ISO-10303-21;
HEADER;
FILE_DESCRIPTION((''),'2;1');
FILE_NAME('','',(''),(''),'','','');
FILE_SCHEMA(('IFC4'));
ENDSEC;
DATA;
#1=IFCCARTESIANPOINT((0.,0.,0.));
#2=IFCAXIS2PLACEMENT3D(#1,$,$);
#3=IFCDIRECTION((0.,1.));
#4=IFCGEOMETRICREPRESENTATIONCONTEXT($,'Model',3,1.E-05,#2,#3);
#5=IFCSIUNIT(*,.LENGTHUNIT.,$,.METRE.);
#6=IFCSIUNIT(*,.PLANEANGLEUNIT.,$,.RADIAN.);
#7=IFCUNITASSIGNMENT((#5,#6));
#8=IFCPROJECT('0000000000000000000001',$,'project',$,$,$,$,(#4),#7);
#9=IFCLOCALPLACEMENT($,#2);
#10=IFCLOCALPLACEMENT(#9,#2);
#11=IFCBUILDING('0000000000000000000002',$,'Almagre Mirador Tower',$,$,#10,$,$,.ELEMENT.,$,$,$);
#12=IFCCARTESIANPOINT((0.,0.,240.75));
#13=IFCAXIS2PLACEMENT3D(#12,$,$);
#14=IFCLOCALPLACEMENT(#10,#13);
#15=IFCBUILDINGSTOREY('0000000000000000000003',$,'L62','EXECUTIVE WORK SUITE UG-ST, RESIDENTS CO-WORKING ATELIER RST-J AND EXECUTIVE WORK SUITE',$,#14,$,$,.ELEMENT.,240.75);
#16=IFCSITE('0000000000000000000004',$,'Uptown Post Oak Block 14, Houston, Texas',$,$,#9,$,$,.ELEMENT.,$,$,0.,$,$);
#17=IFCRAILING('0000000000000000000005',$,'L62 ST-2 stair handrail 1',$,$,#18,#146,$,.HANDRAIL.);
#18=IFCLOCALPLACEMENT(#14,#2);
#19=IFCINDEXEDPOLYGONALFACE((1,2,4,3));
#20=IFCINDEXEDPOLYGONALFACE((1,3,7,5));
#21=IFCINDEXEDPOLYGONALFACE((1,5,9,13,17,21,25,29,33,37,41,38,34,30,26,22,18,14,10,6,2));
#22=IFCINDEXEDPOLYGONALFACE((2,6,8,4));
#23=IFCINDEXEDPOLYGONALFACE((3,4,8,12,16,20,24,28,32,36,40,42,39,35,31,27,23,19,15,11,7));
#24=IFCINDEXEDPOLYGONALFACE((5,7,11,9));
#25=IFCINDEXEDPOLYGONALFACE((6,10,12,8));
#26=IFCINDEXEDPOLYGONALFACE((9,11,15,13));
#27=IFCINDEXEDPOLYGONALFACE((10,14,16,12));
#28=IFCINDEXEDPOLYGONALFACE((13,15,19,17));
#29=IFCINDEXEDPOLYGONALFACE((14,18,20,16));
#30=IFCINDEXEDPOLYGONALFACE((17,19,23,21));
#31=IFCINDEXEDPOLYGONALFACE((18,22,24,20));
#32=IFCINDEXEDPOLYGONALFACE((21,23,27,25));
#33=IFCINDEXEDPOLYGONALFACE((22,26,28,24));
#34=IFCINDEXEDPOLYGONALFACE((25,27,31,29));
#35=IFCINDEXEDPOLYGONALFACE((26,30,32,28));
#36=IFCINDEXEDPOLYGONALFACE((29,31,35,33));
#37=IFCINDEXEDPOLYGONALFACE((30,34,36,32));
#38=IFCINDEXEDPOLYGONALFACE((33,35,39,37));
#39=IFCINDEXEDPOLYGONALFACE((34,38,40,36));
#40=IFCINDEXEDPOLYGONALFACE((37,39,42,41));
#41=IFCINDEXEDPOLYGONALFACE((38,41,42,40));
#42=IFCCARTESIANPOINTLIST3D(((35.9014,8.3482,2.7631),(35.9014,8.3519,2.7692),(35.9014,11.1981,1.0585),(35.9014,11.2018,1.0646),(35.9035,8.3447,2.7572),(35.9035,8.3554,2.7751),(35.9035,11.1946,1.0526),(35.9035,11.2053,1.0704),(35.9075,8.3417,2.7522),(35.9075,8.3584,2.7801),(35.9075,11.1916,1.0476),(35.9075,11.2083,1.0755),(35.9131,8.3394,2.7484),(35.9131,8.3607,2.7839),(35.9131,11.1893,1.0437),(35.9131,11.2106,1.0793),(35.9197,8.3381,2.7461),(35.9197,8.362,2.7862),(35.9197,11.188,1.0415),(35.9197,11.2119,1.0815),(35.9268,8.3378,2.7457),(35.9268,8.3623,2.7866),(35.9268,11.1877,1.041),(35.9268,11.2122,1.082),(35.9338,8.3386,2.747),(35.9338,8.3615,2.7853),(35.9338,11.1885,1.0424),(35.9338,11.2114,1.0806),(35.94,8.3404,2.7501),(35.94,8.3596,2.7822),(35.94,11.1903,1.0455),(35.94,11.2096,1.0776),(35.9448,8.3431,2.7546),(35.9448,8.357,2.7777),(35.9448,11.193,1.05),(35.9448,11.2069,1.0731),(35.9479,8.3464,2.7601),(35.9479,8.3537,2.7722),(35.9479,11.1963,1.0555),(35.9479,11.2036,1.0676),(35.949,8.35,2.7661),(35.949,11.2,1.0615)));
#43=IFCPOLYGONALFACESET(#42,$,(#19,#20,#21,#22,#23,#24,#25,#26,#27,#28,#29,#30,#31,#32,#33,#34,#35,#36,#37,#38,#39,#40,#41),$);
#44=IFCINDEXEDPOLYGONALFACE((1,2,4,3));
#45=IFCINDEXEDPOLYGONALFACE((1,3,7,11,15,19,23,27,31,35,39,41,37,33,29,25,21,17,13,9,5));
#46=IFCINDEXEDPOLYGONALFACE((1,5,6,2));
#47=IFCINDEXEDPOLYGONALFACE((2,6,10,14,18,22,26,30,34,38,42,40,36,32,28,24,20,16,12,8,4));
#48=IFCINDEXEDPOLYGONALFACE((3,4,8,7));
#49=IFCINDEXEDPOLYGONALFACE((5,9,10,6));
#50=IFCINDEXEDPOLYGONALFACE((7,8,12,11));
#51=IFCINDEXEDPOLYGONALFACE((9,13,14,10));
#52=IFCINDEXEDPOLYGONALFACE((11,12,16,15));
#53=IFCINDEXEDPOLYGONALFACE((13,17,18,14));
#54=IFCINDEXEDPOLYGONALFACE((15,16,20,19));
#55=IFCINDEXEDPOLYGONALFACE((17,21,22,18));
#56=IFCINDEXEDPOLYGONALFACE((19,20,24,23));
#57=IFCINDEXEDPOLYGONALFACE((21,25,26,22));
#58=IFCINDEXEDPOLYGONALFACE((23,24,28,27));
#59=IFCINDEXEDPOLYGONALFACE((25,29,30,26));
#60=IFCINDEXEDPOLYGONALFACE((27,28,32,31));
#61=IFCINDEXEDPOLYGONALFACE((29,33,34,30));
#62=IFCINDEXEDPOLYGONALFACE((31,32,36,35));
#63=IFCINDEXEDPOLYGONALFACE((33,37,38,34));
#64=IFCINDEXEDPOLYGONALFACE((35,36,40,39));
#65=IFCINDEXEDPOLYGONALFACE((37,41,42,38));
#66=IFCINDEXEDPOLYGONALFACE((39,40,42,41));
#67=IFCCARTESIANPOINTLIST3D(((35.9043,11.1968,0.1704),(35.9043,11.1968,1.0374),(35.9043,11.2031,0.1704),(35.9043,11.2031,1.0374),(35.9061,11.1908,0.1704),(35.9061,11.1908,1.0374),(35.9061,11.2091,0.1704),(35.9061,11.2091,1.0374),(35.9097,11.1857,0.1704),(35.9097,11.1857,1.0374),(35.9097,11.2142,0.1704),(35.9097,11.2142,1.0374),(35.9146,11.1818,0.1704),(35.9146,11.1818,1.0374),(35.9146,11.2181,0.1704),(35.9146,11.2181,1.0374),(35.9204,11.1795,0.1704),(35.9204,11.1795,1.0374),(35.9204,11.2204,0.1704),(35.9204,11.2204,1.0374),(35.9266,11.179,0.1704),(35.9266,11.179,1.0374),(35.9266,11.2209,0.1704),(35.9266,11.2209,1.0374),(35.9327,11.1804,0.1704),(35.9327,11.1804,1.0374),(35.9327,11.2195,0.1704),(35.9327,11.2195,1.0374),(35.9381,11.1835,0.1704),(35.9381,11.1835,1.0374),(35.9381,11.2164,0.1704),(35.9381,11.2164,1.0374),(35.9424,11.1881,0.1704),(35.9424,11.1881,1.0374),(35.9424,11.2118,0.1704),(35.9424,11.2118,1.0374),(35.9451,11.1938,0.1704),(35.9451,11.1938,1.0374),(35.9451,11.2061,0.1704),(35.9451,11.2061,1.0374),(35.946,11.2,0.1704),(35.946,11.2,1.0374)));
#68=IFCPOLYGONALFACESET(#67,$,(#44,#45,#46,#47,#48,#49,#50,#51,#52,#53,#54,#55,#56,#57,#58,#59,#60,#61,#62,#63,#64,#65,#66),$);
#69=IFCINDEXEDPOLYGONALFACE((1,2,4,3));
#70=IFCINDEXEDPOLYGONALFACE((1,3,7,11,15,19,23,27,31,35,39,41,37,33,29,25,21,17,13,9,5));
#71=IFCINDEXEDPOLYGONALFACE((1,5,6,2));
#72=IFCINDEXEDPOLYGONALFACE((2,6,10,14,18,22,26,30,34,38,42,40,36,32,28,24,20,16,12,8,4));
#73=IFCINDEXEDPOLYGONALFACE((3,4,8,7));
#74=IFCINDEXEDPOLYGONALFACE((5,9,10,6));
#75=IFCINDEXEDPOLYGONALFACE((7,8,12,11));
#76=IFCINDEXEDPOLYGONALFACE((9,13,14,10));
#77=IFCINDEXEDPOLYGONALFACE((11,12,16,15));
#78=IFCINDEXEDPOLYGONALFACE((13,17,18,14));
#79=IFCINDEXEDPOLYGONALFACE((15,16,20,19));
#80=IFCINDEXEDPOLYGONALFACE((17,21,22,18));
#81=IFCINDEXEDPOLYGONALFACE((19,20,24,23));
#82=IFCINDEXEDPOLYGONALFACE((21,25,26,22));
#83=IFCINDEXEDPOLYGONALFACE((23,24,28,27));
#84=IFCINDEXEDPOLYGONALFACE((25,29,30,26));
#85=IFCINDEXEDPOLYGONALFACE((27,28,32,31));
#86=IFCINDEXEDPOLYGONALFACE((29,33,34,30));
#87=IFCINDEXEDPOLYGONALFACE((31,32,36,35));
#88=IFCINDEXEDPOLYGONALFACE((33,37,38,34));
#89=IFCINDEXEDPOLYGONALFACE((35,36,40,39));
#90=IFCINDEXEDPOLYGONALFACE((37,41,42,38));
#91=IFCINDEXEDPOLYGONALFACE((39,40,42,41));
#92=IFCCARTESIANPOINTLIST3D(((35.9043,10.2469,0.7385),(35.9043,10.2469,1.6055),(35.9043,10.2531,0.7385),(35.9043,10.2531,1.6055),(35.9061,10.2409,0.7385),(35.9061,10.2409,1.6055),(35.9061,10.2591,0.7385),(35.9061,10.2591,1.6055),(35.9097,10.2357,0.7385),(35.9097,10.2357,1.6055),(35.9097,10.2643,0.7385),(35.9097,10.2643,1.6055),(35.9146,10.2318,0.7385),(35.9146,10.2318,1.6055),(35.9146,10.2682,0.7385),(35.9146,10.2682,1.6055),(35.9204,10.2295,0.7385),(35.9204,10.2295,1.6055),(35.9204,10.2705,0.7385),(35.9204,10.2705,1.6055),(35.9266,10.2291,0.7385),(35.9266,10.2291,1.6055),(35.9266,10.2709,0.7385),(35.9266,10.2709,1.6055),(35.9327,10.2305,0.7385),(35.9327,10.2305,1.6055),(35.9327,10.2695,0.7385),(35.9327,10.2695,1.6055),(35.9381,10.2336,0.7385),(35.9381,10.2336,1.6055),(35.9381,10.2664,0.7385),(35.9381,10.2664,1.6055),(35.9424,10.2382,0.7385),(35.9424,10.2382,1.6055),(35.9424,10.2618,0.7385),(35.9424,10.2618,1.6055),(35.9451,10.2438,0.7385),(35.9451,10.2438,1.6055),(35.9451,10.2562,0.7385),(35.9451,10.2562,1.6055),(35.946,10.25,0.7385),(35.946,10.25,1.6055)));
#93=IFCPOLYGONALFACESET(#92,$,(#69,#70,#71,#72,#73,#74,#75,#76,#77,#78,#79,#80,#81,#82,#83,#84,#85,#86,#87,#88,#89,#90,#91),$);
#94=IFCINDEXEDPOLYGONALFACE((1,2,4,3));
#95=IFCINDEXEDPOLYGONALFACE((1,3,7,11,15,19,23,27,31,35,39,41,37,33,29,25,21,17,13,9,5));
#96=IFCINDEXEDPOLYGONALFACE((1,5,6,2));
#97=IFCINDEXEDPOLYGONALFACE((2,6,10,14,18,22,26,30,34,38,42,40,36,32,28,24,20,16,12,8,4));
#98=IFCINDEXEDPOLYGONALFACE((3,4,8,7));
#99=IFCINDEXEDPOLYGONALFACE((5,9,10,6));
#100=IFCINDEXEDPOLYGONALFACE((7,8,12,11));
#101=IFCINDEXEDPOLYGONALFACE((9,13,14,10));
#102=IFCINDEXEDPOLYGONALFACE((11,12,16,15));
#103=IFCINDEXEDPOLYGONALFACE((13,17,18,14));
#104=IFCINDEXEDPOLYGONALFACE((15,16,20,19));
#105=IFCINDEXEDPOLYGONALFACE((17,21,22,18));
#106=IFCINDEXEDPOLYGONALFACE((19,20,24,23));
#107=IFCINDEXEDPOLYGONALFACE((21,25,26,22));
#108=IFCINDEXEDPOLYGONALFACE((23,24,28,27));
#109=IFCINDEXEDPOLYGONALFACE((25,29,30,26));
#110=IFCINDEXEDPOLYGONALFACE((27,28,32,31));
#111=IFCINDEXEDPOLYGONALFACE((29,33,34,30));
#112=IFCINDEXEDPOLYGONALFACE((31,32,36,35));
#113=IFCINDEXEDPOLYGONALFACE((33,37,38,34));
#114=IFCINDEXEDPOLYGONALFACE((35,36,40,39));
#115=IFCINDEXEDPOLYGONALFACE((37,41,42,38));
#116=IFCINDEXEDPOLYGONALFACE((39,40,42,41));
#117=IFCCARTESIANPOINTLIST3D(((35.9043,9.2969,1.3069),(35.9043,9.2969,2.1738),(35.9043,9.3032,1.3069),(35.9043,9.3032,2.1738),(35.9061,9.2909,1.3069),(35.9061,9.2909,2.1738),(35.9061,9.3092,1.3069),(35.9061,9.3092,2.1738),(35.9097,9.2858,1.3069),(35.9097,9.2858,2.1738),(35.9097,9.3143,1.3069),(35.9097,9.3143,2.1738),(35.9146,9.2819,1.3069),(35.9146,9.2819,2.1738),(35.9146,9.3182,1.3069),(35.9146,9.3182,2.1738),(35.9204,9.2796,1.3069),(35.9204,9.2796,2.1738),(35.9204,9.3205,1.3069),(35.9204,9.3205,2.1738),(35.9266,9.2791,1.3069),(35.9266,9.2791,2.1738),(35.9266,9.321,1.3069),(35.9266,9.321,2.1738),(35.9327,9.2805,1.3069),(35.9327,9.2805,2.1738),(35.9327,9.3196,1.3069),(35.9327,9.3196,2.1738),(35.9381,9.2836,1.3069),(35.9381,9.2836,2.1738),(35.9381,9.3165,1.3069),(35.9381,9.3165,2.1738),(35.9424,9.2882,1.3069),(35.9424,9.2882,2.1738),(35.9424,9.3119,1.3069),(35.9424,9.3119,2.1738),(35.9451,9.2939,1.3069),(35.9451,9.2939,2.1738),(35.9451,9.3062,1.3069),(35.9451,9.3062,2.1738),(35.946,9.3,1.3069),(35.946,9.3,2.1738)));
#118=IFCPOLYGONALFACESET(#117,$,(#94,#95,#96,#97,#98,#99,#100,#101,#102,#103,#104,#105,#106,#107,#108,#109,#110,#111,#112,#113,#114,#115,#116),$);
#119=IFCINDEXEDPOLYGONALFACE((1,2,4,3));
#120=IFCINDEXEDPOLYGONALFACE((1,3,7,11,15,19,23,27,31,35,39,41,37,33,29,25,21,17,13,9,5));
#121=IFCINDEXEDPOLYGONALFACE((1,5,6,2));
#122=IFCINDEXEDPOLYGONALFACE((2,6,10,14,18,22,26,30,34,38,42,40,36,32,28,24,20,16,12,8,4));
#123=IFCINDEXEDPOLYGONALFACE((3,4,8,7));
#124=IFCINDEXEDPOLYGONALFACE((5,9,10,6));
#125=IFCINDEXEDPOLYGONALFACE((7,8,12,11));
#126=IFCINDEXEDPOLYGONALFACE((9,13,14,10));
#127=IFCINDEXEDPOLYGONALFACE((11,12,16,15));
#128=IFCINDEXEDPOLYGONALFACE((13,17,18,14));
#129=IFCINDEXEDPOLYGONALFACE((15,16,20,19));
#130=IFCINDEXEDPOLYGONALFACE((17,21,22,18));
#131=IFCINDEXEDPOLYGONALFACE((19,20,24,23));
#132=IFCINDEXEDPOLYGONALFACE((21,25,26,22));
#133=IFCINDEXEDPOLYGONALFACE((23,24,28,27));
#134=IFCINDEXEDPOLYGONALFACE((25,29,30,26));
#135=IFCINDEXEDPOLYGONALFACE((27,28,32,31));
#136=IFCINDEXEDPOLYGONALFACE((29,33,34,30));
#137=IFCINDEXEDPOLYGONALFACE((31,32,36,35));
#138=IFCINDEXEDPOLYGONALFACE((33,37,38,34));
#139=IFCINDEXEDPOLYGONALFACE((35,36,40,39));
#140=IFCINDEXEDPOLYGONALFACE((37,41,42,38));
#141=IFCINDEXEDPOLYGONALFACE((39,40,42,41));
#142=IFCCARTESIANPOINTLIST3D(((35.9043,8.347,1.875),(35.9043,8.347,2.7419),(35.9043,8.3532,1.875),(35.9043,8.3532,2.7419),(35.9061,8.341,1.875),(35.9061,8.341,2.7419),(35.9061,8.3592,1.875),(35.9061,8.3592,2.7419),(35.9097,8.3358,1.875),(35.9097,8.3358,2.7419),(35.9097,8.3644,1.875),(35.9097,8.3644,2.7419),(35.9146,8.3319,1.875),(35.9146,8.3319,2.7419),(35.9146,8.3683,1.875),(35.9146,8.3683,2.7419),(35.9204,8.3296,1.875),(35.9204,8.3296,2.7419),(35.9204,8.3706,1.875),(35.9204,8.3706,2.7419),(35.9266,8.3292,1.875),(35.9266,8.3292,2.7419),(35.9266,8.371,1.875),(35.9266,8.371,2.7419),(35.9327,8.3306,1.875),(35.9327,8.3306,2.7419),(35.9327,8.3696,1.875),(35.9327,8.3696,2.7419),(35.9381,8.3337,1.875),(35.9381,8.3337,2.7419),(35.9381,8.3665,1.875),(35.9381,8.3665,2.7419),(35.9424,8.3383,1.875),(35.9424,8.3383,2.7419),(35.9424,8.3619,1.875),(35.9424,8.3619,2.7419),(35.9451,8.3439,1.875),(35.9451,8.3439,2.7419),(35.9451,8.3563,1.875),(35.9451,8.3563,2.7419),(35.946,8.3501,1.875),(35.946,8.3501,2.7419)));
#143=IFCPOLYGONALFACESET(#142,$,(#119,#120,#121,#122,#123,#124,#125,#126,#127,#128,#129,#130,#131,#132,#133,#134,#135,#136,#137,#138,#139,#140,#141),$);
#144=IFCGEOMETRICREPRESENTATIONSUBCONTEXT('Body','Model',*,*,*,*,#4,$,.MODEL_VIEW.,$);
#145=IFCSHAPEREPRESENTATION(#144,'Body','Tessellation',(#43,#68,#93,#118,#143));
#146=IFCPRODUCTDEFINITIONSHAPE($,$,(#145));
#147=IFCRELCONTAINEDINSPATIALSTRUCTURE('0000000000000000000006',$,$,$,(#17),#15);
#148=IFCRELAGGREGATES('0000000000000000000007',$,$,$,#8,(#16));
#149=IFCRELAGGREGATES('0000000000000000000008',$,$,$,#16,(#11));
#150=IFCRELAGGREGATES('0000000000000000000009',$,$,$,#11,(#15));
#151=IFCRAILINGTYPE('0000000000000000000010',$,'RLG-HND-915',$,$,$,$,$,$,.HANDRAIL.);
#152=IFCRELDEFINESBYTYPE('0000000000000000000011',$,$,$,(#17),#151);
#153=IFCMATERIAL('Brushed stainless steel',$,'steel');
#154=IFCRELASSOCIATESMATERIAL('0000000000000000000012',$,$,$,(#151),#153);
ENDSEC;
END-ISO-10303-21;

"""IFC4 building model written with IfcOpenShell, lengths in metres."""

from ifc_helpers import new_model, si_unit, direction, frame, origin, origin_2d, place, context, subcontext, project, spatial, circle, extrude, material, type_object, element, save


model = new_model("IFC4")

# Units and contexts
model_context = context("Model", 3, precision=1e-05, world=origin(), true_north=direction((0.0, 1.0)))
body_context = subcontext(model_context, "Body", "Model", "MODEL_VIEW")
ifc_project = project(units=[si_unit("LENGTHUNIT", "METRE"), si_unit("PLANEANGLEUNIT", "RADIAN")], contexts=[model_context])

# Site, building, storey
site_placement = place(None, origin())
site = spatial("IfcSite", under=ifc_project, at=site_placement, Name="Uptown Post Oak Block 14, Houston, Texas", CompositionType="ELEMENT", RefElevation=0.0)
building_placement = place(site_placement, origin())
building = spatial("IfcBuilding", under=site, at=building_placement, Name="Almagre Mirador Tower", CompositionType="ELEMENT")
storey_placement = place(building_placement, frame((0.0, 0.0, 240.75)))
storey = spatial("IfcBuildingStorey", under=building, at=storey_placement, Name="L62", Description="EXECUTIVE WORK SUITE UG-ST, RESIDENTS CO-WORKING ATELIER RST-J AND EXECUTIVE WORK SUITE", CompositionType="ELEMENT", Elevation=240.75)

# Railing
ifc_material_1 = material(Name="Brushed stainless steel", Category="steel")
railing_type_1 = type_object("IfcRailingType", Name="RLG-HND-915", PredefinedType="HANDRAIL", material=ifc_material_1)
railing_1_placement = place(storey_placement, frame((35.925, 11.2, 0.1704)))
element("IfcRailing", 1, at=railing_1_placement, inside=storey, type_object=railing_type_1, Name="L62 ST-2 stair handrail 1", PredefinedType="HANDRAIL", context=body_context, shape_type="SweptSolid", body=[
    extrude(circle(Radius=0.0239, at=origin_2d()), frame((0.0, 0.0, 0.8911), z_axis=(0.0, -0.858199, 0.513317), x_axis=(1.0, 0.0, 0.0)), (0.0, 0.0, 1.0), 3.3208),
    extrude(circle(Radius=0.021, at=origin_2d()), origin(), (0.0, 0.0, 1.0), 0.8669),
    extrude(circle(Radius=0.021, at=origin_2d()), frame((0.0, -0.95, 0.5681)), (0.0, 0.0, 1.0), 0.8669),
    extrude(circle(Radius=0.021, at=origin_2d()), frame((0.0, -1.8999, 1.1365)), (0.0, 0.0, 1.0), 0.8669),
    extrude(circle(Radius=0.021, at=origin_2d()), frame((0.0, -2.8499, 1.7046)), (0.0, 0.0, 1.0), 0.8669),
])

save(model, "model.ifc")
